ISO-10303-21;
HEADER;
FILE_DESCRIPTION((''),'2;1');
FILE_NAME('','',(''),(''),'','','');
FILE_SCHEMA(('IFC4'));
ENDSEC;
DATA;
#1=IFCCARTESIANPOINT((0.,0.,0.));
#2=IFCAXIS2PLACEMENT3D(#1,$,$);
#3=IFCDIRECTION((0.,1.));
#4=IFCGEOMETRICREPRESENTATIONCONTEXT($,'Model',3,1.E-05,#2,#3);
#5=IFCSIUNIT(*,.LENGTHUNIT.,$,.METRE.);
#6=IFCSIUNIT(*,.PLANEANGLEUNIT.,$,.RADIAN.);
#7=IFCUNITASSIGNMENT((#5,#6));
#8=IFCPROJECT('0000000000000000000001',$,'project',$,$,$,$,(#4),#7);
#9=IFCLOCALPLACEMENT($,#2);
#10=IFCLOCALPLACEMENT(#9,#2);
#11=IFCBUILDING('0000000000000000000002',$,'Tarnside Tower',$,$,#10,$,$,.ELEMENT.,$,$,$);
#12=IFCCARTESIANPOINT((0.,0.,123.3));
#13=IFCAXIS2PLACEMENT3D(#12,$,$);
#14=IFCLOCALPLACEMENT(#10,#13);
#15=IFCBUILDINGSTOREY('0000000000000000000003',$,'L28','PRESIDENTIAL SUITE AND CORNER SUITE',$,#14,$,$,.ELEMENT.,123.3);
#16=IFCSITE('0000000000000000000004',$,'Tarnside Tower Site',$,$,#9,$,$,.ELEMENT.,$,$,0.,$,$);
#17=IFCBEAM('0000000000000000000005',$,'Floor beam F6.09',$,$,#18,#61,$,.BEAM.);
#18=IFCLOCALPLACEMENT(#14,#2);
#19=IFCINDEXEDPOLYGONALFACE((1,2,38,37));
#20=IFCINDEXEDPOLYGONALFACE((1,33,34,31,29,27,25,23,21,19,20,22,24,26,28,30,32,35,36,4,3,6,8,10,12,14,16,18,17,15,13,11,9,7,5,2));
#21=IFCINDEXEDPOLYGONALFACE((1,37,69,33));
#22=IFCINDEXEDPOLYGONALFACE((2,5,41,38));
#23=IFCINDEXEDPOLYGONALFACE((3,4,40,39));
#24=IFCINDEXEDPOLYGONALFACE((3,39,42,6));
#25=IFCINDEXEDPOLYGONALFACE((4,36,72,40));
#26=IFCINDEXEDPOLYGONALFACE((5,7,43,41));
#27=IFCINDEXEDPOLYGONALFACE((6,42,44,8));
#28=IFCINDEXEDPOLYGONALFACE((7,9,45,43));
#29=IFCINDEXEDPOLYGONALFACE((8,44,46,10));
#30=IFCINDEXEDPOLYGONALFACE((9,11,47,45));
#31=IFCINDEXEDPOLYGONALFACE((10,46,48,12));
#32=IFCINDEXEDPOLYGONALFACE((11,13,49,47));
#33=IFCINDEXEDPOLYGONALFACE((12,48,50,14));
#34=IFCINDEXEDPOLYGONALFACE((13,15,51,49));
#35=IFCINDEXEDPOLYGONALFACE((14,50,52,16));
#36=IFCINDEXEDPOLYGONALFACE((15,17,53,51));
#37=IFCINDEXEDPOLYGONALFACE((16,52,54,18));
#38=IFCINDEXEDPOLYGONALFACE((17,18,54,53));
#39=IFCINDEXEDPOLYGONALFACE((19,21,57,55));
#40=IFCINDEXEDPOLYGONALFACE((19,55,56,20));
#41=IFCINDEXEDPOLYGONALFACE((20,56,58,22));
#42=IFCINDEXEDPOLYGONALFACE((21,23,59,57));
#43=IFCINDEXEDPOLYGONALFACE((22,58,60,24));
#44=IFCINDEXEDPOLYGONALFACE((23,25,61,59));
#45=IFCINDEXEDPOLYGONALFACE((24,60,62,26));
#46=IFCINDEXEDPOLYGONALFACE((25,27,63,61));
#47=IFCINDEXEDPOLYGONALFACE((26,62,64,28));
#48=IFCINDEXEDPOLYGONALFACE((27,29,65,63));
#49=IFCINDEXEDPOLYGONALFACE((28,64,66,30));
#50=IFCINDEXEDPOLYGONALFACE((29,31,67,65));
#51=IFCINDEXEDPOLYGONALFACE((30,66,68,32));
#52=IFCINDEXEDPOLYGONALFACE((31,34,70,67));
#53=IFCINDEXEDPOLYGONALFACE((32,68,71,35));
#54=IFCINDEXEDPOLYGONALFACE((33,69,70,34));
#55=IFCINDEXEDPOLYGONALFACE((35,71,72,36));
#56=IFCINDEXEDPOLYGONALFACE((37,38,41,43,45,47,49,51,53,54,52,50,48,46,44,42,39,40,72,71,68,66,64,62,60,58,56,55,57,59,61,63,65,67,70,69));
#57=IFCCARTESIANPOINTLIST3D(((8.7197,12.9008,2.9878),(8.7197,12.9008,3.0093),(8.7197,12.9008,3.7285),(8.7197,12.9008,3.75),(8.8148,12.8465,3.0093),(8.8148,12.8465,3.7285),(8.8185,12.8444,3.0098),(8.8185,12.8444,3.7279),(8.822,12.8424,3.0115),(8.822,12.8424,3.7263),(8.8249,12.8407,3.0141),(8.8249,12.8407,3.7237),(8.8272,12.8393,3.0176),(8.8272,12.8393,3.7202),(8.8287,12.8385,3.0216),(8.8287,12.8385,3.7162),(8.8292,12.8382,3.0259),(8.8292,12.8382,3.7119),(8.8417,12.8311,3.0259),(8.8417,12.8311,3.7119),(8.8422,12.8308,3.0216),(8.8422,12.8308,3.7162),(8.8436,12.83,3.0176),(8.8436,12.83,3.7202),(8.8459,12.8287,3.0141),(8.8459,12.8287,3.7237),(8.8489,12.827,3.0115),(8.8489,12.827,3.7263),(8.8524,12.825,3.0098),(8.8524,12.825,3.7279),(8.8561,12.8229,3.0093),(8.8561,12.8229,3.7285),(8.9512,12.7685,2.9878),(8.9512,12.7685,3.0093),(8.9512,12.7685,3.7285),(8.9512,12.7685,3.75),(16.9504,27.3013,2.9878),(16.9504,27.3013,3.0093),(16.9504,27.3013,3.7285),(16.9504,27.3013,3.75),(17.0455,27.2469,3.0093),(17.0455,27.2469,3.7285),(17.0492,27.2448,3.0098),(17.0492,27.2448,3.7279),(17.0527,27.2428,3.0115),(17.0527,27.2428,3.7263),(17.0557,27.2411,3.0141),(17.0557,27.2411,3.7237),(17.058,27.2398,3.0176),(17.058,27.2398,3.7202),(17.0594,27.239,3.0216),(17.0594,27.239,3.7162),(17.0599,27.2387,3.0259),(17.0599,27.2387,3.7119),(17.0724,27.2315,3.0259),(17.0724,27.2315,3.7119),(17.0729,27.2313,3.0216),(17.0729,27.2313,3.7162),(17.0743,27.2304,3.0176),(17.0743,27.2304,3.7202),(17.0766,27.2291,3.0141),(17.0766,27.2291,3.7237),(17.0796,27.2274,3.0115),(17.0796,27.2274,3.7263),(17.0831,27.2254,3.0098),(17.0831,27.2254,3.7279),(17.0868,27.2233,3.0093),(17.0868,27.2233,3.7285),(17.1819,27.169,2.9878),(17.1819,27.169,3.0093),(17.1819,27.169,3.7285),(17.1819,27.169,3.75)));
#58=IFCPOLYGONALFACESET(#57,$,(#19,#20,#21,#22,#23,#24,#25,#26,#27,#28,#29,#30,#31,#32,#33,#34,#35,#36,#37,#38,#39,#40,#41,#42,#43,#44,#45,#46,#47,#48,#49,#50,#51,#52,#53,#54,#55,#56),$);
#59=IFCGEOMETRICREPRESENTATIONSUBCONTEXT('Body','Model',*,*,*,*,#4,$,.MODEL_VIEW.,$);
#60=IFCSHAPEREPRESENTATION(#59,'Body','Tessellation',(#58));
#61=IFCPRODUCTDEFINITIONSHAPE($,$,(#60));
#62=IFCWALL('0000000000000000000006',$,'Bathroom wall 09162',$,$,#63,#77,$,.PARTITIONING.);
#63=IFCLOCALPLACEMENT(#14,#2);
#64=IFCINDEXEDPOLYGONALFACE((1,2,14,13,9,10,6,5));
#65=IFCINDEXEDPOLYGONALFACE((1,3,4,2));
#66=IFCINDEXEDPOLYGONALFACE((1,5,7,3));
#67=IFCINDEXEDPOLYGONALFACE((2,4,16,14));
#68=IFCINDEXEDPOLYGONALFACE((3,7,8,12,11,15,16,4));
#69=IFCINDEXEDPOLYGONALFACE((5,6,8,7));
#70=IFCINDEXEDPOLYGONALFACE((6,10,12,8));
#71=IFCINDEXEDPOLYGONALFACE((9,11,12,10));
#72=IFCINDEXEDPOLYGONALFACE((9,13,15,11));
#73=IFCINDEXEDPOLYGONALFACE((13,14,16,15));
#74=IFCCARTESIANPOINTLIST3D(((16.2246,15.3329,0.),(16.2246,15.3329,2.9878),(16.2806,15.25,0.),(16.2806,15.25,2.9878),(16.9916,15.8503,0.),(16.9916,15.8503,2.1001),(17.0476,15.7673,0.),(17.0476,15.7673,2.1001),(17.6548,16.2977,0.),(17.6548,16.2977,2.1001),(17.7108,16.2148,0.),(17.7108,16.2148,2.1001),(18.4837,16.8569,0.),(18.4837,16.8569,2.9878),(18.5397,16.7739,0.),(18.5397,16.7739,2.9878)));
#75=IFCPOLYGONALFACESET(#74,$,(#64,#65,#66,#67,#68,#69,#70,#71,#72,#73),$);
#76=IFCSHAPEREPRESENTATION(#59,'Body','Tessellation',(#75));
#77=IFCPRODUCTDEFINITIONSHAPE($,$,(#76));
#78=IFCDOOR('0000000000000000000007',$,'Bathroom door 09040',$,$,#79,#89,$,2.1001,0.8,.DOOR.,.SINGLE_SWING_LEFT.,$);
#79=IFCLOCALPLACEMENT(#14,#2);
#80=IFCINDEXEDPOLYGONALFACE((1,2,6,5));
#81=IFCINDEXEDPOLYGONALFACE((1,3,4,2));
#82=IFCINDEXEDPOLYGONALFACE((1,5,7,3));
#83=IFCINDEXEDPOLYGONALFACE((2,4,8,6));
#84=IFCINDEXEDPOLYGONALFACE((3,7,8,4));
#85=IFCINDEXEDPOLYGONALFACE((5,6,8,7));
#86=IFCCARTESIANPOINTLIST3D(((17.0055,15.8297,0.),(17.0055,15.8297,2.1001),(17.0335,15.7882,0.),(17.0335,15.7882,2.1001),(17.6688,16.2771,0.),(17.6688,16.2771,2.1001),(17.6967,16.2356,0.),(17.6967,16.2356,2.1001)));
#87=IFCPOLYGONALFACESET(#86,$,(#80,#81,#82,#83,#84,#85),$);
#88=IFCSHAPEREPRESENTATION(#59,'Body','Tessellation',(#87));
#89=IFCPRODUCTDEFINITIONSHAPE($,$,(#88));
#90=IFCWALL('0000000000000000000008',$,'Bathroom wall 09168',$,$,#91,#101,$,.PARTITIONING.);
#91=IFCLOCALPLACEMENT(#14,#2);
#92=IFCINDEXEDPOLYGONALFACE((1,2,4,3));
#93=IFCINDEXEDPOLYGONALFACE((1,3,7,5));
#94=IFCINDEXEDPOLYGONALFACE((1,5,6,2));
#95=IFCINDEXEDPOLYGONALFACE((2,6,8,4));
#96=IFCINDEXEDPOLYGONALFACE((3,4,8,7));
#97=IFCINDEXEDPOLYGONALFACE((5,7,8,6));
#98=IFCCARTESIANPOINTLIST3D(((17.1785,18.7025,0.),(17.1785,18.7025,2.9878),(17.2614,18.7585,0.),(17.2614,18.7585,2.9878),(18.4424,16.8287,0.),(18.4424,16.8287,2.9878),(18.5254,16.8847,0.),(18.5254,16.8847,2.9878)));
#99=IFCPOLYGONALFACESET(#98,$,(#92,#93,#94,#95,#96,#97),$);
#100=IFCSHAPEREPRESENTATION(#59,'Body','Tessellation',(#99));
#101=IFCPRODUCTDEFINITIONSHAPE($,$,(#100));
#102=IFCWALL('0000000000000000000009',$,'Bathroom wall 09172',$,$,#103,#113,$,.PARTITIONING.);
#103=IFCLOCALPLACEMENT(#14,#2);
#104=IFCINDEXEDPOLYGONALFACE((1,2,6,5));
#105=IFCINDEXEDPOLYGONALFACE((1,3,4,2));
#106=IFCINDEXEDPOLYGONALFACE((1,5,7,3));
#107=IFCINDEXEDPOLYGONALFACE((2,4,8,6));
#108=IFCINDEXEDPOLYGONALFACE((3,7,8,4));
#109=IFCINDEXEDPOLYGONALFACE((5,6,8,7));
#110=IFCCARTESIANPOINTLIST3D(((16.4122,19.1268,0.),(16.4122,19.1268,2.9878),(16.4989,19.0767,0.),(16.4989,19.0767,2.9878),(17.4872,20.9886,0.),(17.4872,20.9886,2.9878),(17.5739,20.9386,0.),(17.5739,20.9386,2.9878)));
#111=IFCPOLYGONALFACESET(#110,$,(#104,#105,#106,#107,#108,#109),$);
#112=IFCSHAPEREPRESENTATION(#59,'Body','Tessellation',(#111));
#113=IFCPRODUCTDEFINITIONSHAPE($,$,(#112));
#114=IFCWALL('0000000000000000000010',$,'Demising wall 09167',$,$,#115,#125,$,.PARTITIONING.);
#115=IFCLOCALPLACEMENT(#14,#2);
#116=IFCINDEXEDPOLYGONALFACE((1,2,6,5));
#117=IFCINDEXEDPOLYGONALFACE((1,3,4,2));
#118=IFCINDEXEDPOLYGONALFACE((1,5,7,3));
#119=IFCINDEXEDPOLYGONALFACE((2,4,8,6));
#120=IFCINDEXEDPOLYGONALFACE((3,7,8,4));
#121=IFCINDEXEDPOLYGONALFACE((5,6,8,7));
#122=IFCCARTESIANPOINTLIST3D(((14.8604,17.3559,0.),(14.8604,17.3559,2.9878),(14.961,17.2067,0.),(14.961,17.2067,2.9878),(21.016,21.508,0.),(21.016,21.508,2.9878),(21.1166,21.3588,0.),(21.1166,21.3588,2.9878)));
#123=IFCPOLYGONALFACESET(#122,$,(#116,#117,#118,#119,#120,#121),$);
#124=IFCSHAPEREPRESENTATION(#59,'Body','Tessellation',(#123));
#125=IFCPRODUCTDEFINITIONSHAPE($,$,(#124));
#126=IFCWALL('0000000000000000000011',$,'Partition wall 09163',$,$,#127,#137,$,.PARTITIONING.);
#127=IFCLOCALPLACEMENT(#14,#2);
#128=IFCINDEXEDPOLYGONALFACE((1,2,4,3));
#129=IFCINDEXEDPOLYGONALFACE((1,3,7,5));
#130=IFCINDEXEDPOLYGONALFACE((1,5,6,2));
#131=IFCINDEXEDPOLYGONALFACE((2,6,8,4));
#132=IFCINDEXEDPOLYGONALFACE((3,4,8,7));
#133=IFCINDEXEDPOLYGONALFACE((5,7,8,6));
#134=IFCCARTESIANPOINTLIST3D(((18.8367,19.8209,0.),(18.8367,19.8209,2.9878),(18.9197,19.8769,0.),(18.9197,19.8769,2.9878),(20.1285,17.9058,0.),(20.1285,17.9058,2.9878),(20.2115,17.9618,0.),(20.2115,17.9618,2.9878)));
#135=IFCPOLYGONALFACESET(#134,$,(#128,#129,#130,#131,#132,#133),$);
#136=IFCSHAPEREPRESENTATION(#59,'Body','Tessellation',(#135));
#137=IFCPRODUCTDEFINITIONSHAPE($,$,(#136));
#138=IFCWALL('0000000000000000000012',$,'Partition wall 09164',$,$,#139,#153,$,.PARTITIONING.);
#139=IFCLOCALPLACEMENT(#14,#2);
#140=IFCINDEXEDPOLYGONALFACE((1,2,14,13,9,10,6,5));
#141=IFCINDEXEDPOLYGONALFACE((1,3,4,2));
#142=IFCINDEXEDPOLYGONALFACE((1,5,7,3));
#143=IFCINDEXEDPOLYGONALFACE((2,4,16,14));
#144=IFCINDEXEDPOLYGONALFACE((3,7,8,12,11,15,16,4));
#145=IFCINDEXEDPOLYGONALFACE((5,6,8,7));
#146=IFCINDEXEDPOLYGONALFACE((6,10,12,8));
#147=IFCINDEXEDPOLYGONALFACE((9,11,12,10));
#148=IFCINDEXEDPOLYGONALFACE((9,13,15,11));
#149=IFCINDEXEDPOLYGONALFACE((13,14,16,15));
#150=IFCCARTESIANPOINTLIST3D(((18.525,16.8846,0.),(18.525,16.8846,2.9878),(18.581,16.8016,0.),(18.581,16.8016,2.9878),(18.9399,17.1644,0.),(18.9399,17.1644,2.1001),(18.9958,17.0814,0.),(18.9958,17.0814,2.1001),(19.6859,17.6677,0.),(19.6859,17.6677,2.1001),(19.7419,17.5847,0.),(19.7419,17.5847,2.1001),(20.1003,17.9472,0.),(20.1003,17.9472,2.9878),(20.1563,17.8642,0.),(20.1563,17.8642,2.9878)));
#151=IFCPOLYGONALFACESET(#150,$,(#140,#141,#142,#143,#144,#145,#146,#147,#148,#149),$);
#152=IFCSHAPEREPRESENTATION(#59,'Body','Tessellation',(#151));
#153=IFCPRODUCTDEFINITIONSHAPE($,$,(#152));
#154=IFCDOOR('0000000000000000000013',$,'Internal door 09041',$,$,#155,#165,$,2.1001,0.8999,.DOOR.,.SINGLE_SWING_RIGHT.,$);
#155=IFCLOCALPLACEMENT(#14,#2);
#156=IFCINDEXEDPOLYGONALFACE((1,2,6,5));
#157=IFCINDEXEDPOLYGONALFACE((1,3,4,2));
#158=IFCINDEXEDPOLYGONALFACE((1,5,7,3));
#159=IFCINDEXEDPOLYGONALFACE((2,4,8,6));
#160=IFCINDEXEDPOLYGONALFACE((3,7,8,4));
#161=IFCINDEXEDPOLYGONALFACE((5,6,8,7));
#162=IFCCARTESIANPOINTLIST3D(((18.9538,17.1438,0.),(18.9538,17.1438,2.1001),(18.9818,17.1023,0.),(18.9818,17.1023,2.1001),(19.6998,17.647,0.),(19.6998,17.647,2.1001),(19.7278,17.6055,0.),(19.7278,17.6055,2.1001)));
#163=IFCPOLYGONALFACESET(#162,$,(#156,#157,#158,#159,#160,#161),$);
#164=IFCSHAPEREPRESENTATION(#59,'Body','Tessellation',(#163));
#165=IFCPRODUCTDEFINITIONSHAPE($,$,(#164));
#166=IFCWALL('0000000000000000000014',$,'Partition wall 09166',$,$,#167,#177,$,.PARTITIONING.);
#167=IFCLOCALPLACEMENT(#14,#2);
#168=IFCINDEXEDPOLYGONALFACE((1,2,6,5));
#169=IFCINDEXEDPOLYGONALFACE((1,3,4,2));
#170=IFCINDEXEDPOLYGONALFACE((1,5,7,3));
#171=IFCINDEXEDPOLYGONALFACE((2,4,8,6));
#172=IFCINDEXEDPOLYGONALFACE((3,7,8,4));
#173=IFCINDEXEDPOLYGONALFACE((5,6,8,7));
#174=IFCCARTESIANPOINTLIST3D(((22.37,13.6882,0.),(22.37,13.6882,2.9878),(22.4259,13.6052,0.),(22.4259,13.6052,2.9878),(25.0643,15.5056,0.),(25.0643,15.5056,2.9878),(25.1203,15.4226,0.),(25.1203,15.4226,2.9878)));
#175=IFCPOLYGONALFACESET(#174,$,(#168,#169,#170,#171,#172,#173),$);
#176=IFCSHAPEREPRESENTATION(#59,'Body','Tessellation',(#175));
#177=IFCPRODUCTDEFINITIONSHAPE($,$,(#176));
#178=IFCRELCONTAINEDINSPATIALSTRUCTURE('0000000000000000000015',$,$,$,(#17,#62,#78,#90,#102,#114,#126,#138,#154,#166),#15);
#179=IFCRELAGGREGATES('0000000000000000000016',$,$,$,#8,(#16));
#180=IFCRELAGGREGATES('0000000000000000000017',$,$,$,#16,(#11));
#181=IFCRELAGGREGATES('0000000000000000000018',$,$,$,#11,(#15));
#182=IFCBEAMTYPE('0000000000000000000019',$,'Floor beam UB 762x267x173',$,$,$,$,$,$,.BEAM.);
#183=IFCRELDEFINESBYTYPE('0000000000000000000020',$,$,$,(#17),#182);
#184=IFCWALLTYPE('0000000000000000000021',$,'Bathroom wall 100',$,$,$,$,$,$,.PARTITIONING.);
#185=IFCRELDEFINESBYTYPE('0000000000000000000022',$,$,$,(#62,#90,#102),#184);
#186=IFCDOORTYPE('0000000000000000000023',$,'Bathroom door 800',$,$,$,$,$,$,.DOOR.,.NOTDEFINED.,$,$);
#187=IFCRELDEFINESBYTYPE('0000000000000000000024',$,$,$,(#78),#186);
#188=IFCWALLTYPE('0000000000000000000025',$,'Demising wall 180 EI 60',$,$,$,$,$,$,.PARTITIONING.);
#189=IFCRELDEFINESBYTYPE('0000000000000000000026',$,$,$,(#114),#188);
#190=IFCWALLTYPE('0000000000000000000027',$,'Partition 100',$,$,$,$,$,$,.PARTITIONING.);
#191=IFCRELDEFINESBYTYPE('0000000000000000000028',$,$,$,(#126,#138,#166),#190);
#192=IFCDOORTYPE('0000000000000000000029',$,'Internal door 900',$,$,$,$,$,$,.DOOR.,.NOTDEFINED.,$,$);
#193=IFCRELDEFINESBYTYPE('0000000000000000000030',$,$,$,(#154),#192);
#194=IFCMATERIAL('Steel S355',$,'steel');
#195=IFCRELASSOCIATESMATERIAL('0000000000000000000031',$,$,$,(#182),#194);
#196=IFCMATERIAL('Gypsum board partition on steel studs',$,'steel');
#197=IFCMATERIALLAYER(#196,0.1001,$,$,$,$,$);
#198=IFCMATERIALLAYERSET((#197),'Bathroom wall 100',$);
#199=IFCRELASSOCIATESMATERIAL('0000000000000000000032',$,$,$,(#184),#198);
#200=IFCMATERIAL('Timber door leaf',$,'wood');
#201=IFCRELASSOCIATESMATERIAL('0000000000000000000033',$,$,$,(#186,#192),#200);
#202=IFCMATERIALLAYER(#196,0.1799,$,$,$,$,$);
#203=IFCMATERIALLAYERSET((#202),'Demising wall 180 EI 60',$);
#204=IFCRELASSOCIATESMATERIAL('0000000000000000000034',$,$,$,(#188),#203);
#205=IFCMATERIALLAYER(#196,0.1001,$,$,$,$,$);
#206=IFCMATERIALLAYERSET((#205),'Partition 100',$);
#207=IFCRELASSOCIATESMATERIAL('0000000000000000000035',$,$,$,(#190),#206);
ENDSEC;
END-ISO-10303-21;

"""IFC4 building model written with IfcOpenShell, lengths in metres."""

from ifc_helpers import new_model, si_unit, direction, frame, frame_2d, origin, origin_2d, place, context, subcontext, project, spatial, rectangle, i_section, extrude, material, layer, layer_set, material_profile, profile_set, type_object, element, fill, save


model = new_model("IFC4")

# Units and contexts
model_context = context("Model", 3, precision=1e-05, world=origin(), true_north=direction((0.0, 1.0)))
body_context = subcontext(model_context, "Body", "Model", "MODEL_VIEW")
ifc_project = project(units=[si_unit("LENGTHUNIT", "METRE"), si_unit("PLANEANGLEUNIT", "RADIAN")], contexts=[model_context])

# Site, building, storey
site_placement = place(None, origin())
site = spatial("IfcSite", under=ifc_project, at=site_placement, Name="Tarnside Tower Site", CompositionType="ELEMENT", RefElevation=0.0)
building_placement = place(site_placement, origin())
building = spatial("IfcBuilding", under=site, at=building_placement, Name="Tarnside Tower", CompositionType="ELEMENT")
storey_placement = place(building_placement, frame((0.0, 0.0, 123.3)))
storey = spatial("IfcBuildingStorey", under=building, at=storey_placement, Name="L28", Description="PRESIDENTIAL SUITE AND CORNER SUITE", CompositionType="ELEMENT", Elevation=123.3)

# Beam
ifc_material_1 = material(Name="Steel S355", Category="steel")
ifc_material_profile_1 = material_profile(ifc_material_1, i_section(OverallWidth=0.2666, OverallDepth=0.7622, WebThickness=0.0144, FlangeThickness=0.0215, FilletRadius=0.0166, at=origin_2d()), Name="UB 762x267x173")
ifc_profile_set_1 = profile_set([ifc_material_profile_1], Name="Steel S355")
beam_type_1 = type_object("IfcBeamType", Name="Floor beam UB 762x267x173", PredefinedType="BEAM", material=ifc_profile_set_1)
beam_1_placement = place(storey_placement, frame((17.0662, 27.2351, 3.3689), z_axis=(-0.496226, -0.868193, 0.0), x_axis=(0.868193, -0.496226, 0.0)))
element("IfcBeam", 1, at=beam_1_placement, inside=storey, type_object=beam_type_1, Name="Floor beam F6.09", PredefinedType="BEAM", context=body_context, shape_type="SweptSolid", body=[
    extrude(i_section(OverallWidth=0.2666, OverallDepth=0.7622, WebThickness=0.0144, FlangeThickness=0.0215, FilletRadius=0.0166, at=origin_2d()), origin(), (0.0, 0.0, 1.0), 16.5867),
])

# Wall, opening, door
ifc_material_2 = material(Name="Gypsum board partition on steel studs", Category="steel")
ifc_layer_1 = layer(ifc_material_2, 0.1001)
ifc_layer_set_1 = layer_set([ifc_layer_1], Name="Bathroom wall 100")
wall_type_1 = type_object("IfcWallType", Name="Bathroom wall 100", PredefinedType="PARTITIONING", material=ifc_layer_set_1)
wall_1_placement = place(storey_placement, frame((18.5117, 16.8154, 0.0), z_axis=(0.0, 0.0, 1.0), x_axis=(-0.829005, -0.55924, 0.0)))
wall_1 = element("IfcWall", 2, at=wall_1_placement, inside=storey, type_object=wall_type_1, Name="Bathroom wall 09162", PredefinedType="PARTITIONING", context=body_context, shape_type="SweptSolid", body=[
    extrude(rectangle(XDim=2.7251, YDim=0.1001, at=frame_2d((1.3625, 0.0))), origin(), (0.0, 0.0, 1.0), 2.9878),
])
opening_1_placement = place(wall_1_placement, frame((1.0, 0.0, 0.0)))
opening_1 = element("IfcOpeningElement", 3, at=opening_1_placement, cuts=wall_1, PredefinedType="OPENING", context=body_context, shape_type="SweptSolid", body=[
    extrude(rectangle(XDim=0.8, YDim=2.1001, at=frame_2d((0.3999, 1.05))), frame((0.0, 0.0601, 0.0), z_axis=(0.0, -1.0, 0.0), x_axis=(1.0, 0.0, 0.0)), (0.0, 0.0, 1.0), 0.1201),
])
ifc_material_3 = material(Name="Timber door leaf", Category="wood")
door_type_1 = type_object("IfcDoorType", Name="Bathroom door 800", OperationType="NOTDEFINED", PredefinedType="DOOR", material=ifc_material_3)
door_1_placement = place(opening_1_placement, origin())
door_1 = element("IfcDoor", 4, at=door_1_placement, inside=storey, type_object=door_type_1, Name="Bathroom door 09040", OperationType="SINGLE_SWING_LEFT", OverallHeight=2.1001, OverallWidth=0.8, PredefinedType="DOOR", context=body_context, shape_type="SweptSolid", body=[
    extrude(rectangle(XDim=0.8, YDim=2.1001, at=frame_2d((0.3999, 1.05))), frame((0.0, 0.0249, 0.0), z_axis=(0.0, -1.0, 0.0), x_axis=(1.0, 0.0, 0.0)), (0.0, 0.0, 1.0), 0.05),
])
fill(opening_1, door_1)

# Walls
wall_2_placement = place(storey_placement, frame((18.4839, 16.8567, 0.0), z_axis=(0.0, 0.0, 1.0), x_axis=(-0.559204, 0.82903, 0.0)))
element("IfcWall", 5, at=wall_2_placement, inside=storey, type_object=wall_type_1, Name="Bathroom wall 09168", PredefinedType="PARTITIONING", context=body_context, shape_type="SweptSolid", body=[
    extrude(rectangle(XDim=2.2603, YDim=0.1001, at=frame_2d((1.1301, 0.0))), origin(), (0.0, 0.0, 1.0), 2.9878),
])
wall_3_placement = place(storey_placement, frame((17.5305, 20.9636, 0.0), z_axis=(0.0, 0.0, 1.0), x_axis=(-0.500011, -0.866019, 0.0)))
element("IfcWall", 6, at=wall_3_placement, inside=storey, type_object=wall_type_1, Name="Bathroom wall 09172", PredefinedType="PARTITIONING", context=body_context, shape_type="SweptSolid", body=[
    extrude(rectangle(XDim=2.1499, YDim=0.1001, at=frame_2d((1.075, 0.0))), origin(), (0.0, 0.0, 1.0), 2.9878),
])
ifc_layer_2 = layer(ifc_material_2, 0.1799)
ifc_layer_set_2 = layer_set([ifc_layer_2], Name="Demising wall 180 EI 60")
wall_type_2 = type_object("IfcWallType", Name="Demising wall 180 EI 60", PredefinedType="PARTITIONING", material=ifc_layer_set_2)
wall_4_placement = place(storey_placement, frame((21.0662, 21.4333, 0.0), z_axis=(0.0, 0.0, 1.0), x_axis=(-0.829028, -0.559207, 0.0)))
element("IfcWall", 7, at=wall_4_placement, inside=storey, type_object=wall_type_2, Name="Demising wall 09167", PredefinedType="PARTITIONING", context=body_context, shape_type="SweptSolid", body=[
    extrude(rectangle(XDim=7.425, YDim=0.1799, at=frame_2d((3.7124, 0.0))), origin(), (0.0, 0.0, 1.0), 2.9878),
])
ifc_layer_3 = layer(ifc_material_2, 0.1001)
ifc_layer_set_3 = layer_set([ifc_layer_3], Name="Partition 100")
wall_type_3 = type_object("IfcWallType", Name="Partition 100", PredefinedType="PARTITIONING", material=ifc_layer_set_3)
wall_5_placement = place(storey_placement, frame((18.8782, 19.8489, 0.0), z_axis=(0.0, 0.0, 1.0), x_axis=(0.559204, -0.82903, 0.0)))
element("IfcWall", 8, at=wall_5_placement, inside=storey, type_object=wall_type_3, Name="Partition wall 09163", PredefinedType="PARTITIONING", context=body_context, shape_type="SweptSolid", body=[
    extrude(rectangle(XDim=2.3101, YDim=0.1001, at=frame_2d((1.155, 0.0))), origin(), (0.0, 0.0, 1.0), 2.9878),
])

# Wall, opening, door
wall_6_placement = place(storey_placement, frame((20.1284, 17.9058, 0.0), z_axis=(0.0, 0.0, 1.0), x_axis=(-0.829033, -0.559199, 0.0)))
wall_6 = element("IfcWall", 9, at=wall_6_placement, inside=storey, type_object=wall_type_3, Name="Partition wall 09164", PredefinedType="PARTITIONING", context=body_context, shape_type="SweptSolid", body=[
    extrude(rectangle(XDim=1.9001, YDim=0.1001, at=frame_2d((0.9502, 0.0))), origin(), (0.0, 0.0, 1.0), 2.9878),
])
opening_2_placement = place(wall_6_placement, frame((0.5, 0.0, 0.0)))
opening_2 = element("IfcOpeningElement", 10, at=opening_2_placement, cuts=wall_6, PredefinedType="OPENING", context=body_context, shape_type="SweptSolid", body=[
    extrude(rectangle(XDim=0.8999, YDim=2.1001, at=frame_2d((0.45, 1.05))), frame((0.0, 0.0601, 0.0), z_axis=(0.0, -1.0, 0.0), x_axis=(1.0, 0.0, 0.0)), (0.0, 0.0, 1.0), 0.1201),
])
door_type_2 = type_object("IfcDoorType", Name="Internal door 900", OperationType="NOTDEFINED", PredefinedType="DOOR", material=ifc_material_3)
door_2_placement = place(opening_2_placement, origin())
door_2 = element("IfcDoor", 11, at=door_2_placement, inside=storey, type_object=door_type_2, Name="Internal door 09041", OperationType="SINGLE_SWING_RIGHT", OverallHeight=2.1001, OverallWidth=0.8999, PredefinedType="DOOR", context=body_context, shape_type="SweptSolid", body=[
    extrude(rectangle(XDim=0.8999, YDim=2.1001, at=frame_2d((0.45, 1.05))), frame((0.0, 0.0249, 0.0), z_axis=(0.0, -1.0, 0.0), x_axis=(1.0, 0.0, 0.0)), (0.0, 0.0, 1.0), 0.05),
])
fill(opening_2, door_2)

# Wall
wall_7_placement = place(storey_placement, frame((22.3979, 13.6467, 0.0), z_axis=(0.0, 0.0, 1.0), x_axis=(0.829033, 0.559199, 0.0)))
element("IfcWall", 12, at=wall_7_placement, inside=storey, type_object=wall_type_3, Name="Partition wall 09166", PredefinedType="PARTITIONING", context=body_context, shape_type="SweptSolid", body=[
    extrude(rectangle(XDim=3.25, YDim=0.1001, at=frame_2d((1.625, 0.0))), origin(), (0.0, 0.0, 1.0), 2.9878),
])

save(model, "model.ifc")
